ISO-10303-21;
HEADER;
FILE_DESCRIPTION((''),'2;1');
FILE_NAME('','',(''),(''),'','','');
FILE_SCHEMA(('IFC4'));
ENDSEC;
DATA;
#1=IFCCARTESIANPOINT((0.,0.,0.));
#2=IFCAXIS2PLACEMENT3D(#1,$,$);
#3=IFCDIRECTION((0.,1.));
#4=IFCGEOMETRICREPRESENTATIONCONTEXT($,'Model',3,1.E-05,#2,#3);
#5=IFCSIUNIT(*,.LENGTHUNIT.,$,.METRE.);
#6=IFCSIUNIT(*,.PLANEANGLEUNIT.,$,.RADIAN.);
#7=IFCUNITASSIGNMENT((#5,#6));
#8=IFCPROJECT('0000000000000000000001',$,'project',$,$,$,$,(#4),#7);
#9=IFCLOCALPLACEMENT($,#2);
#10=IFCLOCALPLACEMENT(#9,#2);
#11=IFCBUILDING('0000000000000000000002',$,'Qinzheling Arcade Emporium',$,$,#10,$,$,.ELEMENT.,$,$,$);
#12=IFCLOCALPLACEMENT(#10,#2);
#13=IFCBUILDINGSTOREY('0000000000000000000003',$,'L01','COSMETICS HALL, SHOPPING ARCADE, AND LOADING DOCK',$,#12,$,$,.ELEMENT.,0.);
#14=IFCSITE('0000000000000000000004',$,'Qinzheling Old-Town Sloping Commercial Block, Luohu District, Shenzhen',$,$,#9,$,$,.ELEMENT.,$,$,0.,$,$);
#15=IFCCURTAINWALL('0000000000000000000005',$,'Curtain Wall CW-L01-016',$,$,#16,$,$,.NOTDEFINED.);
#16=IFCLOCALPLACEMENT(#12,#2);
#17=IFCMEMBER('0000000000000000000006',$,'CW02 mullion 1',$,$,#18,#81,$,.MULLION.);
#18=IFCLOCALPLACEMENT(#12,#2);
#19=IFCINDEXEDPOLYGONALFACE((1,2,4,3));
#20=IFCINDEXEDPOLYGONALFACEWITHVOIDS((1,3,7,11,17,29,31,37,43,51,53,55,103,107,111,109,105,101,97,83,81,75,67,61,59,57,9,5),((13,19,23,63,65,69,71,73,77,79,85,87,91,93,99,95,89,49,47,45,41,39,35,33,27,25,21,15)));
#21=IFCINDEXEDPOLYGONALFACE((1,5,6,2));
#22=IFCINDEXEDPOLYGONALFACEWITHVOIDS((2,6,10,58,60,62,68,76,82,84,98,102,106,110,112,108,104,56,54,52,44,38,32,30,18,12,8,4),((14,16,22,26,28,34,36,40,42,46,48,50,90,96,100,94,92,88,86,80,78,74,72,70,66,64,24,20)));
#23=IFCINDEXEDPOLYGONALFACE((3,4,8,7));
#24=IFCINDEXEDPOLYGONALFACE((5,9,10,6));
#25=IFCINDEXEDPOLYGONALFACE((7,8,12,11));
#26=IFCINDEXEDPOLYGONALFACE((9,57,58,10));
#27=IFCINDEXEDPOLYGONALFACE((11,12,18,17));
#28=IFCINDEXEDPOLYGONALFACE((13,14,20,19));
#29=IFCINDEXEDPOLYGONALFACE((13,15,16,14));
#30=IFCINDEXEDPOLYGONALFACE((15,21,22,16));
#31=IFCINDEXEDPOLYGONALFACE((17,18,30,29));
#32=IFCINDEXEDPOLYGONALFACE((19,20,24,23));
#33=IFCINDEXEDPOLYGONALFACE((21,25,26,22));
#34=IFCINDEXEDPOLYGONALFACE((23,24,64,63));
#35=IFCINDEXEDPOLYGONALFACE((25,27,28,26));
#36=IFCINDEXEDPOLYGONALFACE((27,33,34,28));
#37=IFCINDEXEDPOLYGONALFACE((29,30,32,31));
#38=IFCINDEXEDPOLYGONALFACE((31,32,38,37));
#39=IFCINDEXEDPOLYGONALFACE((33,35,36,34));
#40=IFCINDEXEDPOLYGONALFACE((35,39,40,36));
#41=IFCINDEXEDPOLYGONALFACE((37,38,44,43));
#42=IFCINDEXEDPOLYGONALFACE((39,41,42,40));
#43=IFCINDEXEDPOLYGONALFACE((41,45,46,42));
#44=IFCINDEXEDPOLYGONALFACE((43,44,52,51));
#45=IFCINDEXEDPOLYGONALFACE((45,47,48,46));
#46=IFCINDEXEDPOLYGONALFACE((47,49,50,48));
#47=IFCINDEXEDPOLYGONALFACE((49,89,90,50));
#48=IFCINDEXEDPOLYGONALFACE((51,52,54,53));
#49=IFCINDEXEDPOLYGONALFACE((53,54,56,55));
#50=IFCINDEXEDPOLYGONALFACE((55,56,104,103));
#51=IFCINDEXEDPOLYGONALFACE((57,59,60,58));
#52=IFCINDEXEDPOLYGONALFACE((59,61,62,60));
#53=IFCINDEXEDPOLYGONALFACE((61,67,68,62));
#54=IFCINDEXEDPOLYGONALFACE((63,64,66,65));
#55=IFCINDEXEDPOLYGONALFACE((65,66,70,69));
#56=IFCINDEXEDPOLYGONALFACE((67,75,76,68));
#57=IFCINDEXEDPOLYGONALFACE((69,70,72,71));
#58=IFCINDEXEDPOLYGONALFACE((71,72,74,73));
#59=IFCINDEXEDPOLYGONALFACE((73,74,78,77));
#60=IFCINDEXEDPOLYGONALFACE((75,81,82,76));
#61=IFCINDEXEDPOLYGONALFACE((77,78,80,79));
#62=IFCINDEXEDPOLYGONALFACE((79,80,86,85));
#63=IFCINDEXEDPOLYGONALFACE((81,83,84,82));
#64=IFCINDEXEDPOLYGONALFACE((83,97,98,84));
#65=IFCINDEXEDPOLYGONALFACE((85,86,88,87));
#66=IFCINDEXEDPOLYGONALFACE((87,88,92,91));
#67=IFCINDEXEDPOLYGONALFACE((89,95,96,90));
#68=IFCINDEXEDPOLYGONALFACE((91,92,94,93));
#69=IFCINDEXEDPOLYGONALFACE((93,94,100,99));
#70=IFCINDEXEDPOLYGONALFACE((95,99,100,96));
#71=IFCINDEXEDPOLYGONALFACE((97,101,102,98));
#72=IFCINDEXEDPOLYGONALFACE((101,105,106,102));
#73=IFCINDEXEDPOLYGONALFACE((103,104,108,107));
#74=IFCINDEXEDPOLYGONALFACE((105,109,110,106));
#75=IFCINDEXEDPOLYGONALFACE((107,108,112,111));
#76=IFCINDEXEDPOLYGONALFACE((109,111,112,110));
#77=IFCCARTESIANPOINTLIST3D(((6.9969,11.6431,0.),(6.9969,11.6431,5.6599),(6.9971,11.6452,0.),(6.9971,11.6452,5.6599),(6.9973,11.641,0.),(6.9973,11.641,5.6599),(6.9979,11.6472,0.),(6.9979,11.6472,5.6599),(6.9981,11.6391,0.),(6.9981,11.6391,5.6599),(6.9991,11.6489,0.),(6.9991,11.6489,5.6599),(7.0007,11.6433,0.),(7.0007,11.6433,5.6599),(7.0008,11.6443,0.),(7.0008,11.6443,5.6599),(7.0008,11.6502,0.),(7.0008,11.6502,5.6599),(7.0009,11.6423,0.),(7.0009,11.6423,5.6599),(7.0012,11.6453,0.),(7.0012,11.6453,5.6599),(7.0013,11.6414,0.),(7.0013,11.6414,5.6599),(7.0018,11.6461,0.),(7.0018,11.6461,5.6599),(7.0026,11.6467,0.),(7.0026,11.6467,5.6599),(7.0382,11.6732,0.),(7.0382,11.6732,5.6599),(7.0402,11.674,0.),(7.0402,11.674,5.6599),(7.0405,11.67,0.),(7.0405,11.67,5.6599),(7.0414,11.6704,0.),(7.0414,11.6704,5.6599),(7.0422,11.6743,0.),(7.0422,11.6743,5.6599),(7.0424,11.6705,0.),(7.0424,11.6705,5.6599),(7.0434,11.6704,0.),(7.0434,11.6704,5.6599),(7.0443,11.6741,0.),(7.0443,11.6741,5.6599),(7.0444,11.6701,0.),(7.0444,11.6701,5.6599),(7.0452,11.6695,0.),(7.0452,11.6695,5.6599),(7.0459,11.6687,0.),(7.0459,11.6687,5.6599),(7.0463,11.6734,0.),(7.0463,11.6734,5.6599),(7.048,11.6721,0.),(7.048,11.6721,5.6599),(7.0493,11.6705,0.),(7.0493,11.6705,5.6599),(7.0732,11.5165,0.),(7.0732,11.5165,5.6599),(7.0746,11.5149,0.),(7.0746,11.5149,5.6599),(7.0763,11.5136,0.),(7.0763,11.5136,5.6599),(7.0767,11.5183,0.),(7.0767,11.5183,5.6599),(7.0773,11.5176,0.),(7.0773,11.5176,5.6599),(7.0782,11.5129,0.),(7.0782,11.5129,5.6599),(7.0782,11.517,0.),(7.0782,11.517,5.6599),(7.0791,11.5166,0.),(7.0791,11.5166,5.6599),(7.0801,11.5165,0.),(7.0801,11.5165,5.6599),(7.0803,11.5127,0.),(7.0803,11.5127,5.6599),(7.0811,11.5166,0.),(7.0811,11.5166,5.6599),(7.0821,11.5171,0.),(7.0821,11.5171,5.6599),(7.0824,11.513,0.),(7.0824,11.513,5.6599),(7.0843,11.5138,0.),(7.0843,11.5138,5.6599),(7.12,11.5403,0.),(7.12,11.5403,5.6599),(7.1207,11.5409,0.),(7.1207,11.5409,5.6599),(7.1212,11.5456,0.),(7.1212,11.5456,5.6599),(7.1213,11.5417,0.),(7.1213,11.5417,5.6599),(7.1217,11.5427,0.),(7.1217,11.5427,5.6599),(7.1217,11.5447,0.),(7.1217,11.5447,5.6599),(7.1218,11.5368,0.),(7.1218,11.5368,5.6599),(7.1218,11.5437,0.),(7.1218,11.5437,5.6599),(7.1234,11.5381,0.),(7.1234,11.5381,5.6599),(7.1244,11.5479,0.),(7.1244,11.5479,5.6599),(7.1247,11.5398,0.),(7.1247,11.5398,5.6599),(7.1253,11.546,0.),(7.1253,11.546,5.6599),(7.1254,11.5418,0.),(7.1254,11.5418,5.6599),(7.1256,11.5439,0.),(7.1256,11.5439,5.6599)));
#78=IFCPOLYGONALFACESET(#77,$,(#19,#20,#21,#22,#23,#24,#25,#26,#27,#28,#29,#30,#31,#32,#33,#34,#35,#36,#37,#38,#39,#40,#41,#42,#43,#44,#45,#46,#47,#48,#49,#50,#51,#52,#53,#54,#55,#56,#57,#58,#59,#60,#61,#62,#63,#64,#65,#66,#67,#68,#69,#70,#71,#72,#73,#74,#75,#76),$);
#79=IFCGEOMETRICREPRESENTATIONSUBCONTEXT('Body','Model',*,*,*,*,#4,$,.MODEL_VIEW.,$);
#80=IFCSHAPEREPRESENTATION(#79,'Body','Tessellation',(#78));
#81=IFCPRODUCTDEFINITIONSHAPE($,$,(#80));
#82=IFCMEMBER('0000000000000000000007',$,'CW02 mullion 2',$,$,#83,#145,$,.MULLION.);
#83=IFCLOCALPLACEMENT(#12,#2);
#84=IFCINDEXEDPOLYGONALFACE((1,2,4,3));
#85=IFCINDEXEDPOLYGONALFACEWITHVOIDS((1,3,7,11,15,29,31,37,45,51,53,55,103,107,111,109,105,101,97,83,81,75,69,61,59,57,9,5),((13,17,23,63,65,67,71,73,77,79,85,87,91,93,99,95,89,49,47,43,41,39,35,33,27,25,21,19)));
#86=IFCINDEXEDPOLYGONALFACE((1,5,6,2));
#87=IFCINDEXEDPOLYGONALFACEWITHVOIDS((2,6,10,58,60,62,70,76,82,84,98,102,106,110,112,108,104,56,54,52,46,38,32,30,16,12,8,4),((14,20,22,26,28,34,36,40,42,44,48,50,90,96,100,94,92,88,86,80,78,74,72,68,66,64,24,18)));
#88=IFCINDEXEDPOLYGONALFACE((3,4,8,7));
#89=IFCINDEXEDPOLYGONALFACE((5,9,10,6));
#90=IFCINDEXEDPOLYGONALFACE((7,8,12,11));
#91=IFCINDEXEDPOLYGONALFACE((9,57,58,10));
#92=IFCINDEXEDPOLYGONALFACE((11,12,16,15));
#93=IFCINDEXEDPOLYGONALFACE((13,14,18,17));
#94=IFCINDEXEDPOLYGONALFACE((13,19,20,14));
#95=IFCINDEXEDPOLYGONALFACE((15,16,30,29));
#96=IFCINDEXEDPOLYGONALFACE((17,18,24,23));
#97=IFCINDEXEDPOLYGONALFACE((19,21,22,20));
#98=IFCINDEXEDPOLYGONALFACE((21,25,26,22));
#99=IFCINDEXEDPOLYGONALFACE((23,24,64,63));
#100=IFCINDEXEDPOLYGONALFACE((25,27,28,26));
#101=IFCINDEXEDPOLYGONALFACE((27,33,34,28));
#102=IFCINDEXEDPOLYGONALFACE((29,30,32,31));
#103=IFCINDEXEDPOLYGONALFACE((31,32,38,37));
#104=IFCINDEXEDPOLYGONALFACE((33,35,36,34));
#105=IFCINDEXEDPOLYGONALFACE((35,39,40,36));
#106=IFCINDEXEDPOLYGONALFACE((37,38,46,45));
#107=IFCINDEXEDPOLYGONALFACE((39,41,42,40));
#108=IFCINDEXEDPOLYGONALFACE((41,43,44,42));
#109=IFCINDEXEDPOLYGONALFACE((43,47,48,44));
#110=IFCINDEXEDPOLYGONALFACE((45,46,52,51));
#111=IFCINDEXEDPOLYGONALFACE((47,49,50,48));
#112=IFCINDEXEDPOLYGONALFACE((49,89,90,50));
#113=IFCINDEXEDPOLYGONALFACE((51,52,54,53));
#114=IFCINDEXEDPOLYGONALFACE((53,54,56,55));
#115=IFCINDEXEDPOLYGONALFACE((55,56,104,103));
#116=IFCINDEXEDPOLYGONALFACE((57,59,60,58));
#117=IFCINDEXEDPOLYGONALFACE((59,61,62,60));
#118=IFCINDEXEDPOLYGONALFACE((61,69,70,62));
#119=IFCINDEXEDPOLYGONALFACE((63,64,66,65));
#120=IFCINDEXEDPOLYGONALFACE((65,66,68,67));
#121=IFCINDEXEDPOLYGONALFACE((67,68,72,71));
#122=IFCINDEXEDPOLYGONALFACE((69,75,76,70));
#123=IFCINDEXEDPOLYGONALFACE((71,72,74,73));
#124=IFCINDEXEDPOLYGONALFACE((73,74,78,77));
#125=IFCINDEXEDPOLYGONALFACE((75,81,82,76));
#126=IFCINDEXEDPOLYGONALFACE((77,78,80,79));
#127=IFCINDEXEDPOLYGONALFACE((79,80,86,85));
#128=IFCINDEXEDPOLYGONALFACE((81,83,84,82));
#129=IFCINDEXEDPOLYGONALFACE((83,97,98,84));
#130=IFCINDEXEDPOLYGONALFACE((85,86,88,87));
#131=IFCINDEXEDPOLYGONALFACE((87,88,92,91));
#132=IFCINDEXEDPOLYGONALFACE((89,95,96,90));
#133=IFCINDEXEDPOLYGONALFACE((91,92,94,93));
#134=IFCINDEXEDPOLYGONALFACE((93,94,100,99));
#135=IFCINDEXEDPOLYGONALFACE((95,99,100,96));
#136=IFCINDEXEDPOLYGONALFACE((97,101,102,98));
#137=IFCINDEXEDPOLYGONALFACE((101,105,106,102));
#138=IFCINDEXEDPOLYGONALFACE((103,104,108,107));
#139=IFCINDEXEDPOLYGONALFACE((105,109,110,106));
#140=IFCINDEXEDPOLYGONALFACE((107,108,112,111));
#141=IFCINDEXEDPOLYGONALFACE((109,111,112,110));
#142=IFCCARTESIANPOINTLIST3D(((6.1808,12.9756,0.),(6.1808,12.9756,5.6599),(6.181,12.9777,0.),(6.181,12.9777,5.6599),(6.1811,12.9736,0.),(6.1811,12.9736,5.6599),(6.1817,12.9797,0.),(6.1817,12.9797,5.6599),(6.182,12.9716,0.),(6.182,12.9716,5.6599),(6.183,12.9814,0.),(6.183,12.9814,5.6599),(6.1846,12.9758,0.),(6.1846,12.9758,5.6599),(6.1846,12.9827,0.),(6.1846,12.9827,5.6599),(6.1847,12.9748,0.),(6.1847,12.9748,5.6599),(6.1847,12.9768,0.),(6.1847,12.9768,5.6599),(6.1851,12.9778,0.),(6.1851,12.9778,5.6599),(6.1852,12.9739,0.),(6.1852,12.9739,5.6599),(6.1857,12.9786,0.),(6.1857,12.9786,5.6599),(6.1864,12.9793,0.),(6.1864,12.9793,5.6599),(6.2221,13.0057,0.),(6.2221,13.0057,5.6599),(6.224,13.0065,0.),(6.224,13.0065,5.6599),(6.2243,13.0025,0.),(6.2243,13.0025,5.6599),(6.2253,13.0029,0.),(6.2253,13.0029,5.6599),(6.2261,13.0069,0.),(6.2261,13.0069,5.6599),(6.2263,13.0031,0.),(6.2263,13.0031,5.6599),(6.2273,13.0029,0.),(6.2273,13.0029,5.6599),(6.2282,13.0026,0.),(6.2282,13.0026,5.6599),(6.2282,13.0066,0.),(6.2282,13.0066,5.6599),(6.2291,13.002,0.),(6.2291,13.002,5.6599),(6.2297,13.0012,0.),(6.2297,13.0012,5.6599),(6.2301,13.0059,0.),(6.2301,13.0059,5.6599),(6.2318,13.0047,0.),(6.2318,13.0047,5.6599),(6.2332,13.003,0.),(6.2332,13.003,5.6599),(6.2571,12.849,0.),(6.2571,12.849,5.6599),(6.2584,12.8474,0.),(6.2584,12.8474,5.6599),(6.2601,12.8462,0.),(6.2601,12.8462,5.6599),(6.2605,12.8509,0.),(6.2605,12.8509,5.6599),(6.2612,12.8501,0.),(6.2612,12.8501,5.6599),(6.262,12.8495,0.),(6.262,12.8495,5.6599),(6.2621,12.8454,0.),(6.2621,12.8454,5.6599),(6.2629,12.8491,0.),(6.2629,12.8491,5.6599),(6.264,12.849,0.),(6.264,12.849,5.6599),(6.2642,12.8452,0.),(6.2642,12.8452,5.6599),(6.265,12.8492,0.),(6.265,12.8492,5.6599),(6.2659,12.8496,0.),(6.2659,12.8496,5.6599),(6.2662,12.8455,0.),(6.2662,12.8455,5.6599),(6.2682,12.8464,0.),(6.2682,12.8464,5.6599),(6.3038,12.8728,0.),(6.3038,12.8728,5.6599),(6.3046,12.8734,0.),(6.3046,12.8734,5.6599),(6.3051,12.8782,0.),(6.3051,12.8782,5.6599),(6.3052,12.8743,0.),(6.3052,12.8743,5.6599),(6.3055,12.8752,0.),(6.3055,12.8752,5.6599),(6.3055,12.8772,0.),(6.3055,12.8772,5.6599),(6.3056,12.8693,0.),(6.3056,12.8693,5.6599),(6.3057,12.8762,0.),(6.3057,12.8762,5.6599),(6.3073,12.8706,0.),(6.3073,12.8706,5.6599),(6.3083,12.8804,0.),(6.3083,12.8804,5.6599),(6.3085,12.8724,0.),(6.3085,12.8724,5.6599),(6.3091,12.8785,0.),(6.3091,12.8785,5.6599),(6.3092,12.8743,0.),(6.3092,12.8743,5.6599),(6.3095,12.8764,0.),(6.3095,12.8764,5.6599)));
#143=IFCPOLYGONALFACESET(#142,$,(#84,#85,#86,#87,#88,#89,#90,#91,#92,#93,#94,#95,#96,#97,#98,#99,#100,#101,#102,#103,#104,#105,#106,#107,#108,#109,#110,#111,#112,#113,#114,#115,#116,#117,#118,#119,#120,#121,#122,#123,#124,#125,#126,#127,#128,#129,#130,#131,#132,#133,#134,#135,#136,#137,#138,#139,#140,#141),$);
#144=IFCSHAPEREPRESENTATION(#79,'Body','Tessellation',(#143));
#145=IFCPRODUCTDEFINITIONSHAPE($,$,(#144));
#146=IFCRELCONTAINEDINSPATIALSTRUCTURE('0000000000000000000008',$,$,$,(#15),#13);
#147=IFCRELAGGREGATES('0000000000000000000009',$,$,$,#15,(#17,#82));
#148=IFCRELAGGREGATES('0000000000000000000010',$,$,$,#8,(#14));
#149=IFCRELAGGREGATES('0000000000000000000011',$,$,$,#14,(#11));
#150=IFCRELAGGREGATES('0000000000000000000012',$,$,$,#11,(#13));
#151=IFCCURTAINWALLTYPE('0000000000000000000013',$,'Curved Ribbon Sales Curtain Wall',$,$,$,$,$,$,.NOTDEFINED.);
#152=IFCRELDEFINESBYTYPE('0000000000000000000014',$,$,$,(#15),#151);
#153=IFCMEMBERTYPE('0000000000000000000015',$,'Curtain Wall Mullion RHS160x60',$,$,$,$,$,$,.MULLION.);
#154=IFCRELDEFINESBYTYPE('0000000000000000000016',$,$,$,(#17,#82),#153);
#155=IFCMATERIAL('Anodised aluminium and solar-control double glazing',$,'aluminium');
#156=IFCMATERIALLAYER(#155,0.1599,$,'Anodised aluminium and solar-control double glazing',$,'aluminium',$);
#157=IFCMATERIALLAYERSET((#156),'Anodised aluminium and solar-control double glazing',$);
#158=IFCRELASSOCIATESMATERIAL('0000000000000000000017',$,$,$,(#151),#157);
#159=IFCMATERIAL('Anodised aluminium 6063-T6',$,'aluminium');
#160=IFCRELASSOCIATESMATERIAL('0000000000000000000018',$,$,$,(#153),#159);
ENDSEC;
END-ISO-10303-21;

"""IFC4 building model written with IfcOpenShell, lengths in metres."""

from ifc_helpers import new_model, si_unit, direction, frame, origin, origin_2d, place, context, subcontext, project, spatial, hollow_rectangle, extrude, material, layer, layer_set, material_profile, profile_set, type_object, element, aggregate, save


model = new_model("IFC4")

# Units and contexts
model_context = context("Model", 3, precision=1e-05, world=origin(), true_north=direction((0.0, 1.0)))
body_context = subcontext(model_context, "Body", "Model", "MODEL_VIEW")
ifc_project = project(units=[si_unit("LENGTHUNIT", "METRE"), si_unit("PLANEANGLEUNIT", "RADIAN")], contexts=[model_context])

# Site, building, storey
site_placement = place(None, origin())
site = spatial("IfcSite", under=ifc_project, at=site_placement, Name="Qinzheling Old-Town Sloping Commercial Block, Luohu District, Shenzhen", CompositionType="ELEMENT", RefElevation=0.0)
building_placement = place(site_placement, origin())
building = spatial("IfcBuilding", under=site, at=building_placement, Name="Qinzheling Arcade Emporium", CompositionType="ELEMENT")
storey_placement = place(building_placement, origin())
storey = spatial("IfcBuildingStorey", under=building, at=storey_placement, Name="L01", Description="COSMETICS HALL, SHOPPING ARCADE, AND LOADING DOCK", CompositionType="ELEMENT", Elevation=0.0)

# Curtain wall, members
ifc_material_1 = material(Name="Anodised aluminium and solar-control double glazing", Category="aluminium")
ifc_layer_1 = layer(ifc_material_1, 0.1599, Name="Anodised aluminium and solar-control double glazing", Category="aluminium")
ifc_layer_set_1 = layer_set([ifc_layer_1], Name="Anodised aluminium and solar-control double glazing")
curtain_wall_type = type_object("IfcCurtainWallType", Name="Curved Ribbon Sales Curtain Wall", PredefinedType="NOTDEFINED", material=ifc_layer_set_1)
ifc_material_2 = material(Name="Anodised aluminium 6063-T6", Category="aluminium")
ifc_material_profile_1 = material_profile(ifc_material_2, hollow_rectangle(XDim=0.0601, YDim=0.1599, WallThickness=0.0039, InnerFilletRadius=0.0039, OuterFilletRadius=0.0081, at=origin_2d()), Name="RHS 160x60x4", Category="aluminium")
ifc_profile_set_1 = profile_set([ifc_material_profile_1], Name="Anodised aluminium 6063-T6")
member_type_1 = type_object("IfcMemberType", Name="Curtain Wall Mullion RHS160x60", PredefinedType="MULLION", material=ifc_profile_set_1)
curtain_wall_1_placement = place(storey_placement, origin())
curtain_wall_1 = element("IfcCurtainWall", 1, at=curtain_wall_1_placement, inside=storey, type_object=curtain_wall_type, Name="Curtain Wall CW-L01-016", PredefinedType="NOTDEFINED")
member_1_placement = place(storey_placement, frame((7.0613, 11.5935, 0.0), z_axis=(0.0, 0.0, 1.0), x_axis=(-0.852691, -0.522415, 0.0)))
member_1 = element("IfcMember", 2, at=member_1_placement, type_object=member_type_1, Name="CW02 mullion 1", PredefinedType="MULLION", context=body_context, shape_type="SweptSolid", body=[
    extrude(hollow_rectangle(XDim=0.0601, YDim=0.1599, WallThickness=0.0039, InnerFilletRadius=0.0039, OuterFilletRadius=0.0081, at=origin_2d()), origin(), (0.0, 0.0, 1.0), 5.6599),
])
member_2_placement = place(storey_placement, frame((6.2451, 12.926, 0.0), z_axis=(0.0, 0.0, 1.0), x_axis=(-0.852691, -0.522415, 0.0)))
member_2 = element("IfcMember", 3, at=member_2_placement, type_object=member_type_1, Name="CW02 mullion 2", PredefinedType="MULLION", context=body_context, shape_type="SweptSolid", body=[
    extrude(hollow_rectangle(XDim=0.0601, YDim=0.1599, WallThickness=0.0039, InnerFilletRadius=0.0039, OuterFilletRadius=0.0081, at=origin_2d()), origin(), (0.0, 0.0, 1.0), 5.6599),
])

aggregate(curtain_wall_1, [member_1, member_2])

save(model, "model.ifc")
